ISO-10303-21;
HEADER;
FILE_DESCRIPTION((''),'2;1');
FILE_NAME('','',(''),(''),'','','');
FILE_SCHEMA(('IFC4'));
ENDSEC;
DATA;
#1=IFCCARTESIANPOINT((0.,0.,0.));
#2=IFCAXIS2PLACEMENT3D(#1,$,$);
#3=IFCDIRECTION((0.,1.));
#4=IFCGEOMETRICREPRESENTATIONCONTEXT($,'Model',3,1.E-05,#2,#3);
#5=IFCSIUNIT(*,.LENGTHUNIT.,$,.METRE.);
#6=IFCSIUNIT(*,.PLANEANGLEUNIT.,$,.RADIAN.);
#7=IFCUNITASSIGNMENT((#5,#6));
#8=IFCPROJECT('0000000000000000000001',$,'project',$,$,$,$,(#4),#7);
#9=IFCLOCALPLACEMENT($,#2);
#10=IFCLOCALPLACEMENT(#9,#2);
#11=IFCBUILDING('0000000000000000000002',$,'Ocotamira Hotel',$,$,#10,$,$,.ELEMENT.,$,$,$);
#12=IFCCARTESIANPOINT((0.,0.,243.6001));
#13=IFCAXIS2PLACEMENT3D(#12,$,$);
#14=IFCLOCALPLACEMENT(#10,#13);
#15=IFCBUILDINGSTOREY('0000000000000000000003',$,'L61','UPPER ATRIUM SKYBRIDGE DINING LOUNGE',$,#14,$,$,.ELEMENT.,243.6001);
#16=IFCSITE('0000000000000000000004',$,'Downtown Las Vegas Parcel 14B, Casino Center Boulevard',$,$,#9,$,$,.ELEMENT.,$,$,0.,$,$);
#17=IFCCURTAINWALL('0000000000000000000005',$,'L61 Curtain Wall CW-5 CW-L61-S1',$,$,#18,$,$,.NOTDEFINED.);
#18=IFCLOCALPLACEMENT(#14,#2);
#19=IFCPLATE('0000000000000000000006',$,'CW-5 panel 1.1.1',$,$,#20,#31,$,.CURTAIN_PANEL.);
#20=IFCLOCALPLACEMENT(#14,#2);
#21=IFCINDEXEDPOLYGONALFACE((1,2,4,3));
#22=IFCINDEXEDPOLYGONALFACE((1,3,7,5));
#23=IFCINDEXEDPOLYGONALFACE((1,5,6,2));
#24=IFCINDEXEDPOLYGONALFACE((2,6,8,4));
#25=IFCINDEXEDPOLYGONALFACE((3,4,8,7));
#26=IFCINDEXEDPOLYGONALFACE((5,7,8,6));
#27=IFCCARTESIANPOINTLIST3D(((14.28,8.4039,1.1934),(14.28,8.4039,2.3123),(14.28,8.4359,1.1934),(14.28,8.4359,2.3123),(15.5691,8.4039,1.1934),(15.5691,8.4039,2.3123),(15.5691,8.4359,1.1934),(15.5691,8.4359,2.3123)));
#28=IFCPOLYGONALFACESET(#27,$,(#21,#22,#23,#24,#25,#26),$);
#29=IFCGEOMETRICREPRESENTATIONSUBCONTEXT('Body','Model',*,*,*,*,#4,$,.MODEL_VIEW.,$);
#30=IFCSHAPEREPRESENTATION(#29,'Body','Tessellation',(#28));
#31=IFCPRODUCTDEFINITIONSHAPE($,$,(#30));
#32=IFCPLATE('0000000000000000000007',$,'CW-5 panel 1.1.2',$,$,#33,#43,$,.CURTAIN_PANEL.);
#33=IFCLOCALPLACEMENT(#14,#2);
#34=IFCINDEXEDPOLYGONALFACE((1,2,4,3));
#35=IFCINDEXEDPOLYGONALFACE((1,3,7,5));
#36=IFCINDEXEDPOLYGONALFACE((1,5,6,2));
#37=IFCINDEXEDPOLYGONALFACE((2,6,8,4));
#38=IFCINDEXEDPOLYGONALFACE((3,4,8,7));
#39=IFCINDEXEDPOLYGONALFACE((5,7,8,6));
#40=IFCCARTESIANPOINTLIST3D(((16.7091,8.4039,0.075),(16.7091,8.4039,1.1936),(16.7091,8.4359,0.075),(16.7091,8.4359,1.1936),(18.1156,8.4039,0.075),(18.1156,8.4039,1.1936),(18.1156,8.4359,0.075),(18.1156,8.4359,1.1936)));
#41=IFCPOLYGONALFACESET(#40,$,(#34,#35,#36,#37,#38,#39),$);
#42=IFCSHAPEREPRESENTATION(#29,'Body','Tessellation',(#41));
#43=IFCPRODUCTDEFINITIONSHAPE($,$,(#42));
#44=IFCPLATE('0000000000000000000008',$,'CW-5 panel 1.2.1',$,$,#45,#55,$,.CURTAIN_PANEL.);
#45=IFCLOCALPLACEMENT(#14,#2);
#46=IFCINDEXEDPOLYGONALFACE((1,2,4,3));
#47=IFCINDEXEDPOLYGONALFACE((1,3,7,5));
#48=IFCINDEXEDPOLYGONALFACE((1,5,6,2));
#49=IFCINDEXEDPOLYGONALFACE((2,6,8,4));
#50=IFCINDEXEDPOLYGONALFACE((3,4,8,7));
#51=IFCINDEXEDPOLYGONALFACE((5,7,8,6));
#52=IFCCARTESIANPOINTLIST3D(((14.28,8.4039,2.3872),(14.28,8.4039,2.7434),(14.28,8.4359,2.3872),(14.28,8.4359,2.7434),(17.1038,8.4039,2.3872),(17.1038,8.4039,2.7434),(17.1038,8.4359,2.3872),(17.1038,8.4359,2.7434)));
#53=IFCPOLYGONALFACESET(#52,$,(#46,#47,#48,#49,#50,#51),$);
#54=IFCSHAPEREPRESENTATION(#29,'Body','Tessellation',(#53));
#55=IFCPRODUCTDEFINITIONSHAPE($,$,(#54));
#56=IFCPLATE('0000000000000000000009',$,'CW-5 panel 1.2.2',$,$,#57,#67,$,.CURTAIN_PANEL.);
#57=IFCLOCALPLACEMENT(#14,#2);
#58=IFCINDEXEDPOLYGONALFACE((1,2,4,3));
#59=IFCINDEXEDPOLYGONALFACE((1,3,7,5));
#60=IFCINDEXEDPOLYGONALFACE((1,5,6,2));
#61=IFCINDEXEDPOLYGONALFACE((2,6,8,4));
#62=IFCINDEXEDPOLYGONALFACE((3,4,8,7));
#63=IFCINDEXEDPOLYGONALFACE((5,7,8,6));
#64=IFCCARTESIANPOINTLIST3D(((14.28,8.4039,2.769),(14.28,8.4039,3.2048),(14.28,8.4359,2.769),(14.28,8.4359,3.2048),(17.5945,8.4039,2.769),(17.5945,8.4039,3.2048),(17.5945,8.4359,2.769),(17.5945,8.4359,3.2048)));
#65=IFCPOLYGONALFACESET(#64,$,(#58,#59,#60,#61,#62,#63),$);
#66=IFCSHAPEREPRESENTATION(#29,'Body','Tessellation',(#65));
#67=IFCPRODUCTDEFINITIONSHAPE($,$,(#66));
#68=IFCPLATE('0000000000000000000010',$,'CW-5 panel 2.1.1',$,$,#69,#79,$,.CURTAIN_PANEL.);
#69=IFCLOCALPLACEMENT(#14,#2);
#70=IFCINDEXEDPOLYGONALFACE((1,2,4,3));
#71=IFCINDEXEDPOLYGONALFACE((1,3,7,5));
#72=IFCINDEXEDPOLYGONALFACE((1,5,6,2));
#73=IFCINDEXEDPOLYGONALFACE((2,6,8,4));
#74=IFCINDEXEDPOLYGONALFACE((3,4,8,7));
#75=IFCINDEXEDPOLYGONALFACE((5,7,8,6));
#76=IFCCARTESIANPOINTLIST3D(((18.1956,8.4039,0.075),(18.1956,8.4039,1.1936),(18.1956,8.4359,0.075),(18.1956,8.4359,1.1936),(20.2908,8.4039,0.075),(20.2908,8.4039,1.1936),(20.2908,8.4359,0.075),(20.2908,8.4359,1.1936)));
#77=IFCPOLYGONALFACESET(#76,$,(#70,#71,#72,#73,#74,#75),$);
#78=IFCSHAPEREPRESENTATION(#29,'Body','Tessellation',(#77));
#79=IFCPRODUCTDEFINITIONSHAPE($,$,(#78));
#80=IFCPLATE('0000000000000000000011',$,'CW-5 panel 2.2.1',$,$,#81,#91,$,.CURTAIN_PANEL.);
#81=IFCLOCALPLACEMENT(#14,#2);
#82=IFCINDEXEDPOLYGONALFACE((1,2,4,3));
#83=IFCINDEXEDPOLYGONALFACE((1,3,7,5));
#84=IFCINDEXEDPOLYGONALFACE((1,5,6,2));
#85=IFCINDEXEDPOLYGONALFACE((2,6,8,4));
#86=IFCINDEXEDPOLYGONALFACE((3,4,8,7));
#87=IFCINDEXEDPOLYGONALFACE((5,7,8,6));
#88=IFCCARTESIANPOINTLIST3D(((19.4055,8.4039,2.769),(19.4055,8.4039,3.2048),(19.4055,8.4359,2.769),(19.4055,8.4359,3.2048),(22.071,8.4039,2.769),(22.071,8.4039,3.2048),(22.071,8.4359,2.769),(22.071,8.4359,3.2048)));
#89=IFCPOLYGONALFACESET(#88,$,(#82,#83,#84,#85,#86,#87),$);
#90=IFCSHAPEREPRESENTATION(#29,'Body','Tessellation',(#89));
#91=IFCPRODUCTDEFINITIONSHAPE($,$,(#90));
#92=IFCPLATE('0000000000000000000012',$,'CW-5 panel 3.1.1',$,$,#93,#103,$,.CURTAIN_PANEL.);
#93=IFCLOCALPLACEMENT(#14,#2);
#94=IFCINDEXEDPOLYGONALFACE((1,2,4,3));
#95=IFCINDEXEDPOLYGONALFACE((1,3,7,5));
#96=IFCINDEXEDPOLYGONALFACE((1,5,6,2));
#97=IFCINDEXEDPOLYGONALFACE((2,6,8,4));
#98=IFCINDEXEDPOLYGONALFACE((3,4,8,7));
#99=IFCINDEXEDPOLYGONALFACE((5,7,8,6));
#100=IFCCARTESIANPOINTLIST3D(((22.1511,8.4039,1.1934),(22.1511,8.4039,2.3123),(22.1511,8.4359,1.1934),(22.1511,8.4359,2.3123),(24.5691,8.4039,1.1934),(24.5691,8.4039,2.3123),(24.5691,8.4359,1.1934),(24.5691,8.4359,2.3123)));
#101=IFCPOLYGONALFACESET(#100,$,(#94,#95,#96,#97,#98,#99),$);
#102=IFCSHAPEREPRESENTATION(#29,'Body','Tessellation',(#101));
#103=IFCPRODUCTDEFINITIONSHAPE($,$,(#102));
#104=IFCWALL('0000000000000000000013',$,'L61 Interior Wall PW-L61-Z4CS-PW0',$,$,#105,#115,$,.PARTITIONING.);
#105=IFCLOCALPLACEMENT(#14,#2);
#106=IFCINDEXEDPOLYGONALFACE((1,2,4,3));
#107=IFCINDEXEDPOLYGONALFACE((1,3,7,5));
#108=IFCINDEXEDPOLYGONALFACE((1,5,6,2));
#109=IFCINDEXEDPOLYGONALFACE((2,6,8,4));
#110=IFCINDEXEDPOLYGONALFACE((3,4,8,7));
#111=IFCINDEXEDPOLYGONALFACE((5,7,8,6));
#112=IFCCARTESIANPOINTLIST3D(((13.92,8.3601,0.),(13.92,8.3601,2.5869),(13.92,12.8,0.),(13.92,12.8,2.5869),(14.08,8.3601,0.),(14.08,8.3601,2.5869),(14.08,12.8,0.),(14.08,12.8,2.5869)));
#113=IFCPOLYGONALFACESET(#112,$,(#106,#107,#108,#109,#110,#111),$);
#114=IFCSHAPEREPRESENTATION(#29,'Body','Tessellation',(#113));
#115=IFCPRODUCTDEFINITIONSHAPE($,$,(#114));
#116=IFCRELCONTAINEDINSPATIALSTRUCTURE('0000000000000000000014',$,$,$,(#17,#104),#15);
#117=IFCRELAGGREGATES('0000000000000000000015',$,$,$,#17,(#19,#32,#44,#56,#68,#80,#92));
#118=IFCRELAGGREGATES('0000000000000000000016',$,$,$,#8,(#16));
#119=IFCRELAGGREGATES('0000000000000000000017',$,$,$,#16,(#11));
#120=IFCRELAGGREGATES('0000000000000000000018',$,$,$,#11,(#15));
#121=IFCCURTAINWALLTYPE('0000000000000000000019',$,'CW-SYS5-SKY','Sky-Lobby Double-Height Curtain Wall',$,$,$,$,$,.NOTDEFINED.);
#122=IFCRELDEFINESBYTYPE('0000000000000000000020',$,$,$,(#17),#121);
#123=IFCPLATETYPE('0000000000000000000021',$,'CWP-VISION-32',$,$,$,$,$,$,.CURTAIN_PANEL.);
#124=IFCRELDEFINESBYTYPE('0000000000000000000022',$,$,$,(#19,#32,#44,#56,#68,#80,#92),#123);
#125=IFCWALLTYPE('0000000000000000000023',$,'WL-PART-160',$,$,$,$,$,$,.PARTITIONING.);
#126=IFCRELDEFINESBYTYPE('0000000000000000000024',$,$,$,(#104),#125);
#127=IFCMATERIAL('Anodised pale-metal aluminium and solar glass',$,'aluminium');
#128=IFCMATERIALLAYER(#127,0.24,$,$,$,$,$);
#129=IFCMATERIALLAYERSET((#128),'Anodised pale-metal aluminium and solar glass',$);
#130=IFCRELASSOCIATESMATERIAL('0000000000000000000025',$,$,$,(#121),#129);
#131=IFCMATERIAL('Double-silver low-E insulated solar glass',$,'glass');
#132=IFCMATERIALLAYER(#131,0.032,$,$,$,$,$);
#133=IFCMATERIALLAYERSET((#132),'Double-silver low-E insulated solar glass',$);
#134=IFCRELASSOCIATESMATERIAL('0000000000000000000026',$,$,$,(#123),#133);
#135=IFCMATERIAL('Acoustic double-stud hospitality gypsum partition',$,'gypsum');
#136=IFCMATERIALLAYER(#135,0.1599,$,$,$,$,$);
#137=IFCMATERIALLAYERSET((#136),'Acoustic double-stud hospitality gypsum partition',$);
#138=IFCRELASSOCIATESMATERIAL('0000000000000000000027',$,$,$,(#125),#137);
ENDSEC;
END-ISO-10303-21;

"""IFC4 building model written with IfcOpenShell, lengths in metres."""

from ifc_helpers import new_model, si_unit, direction, frame, frame_2d, origin, origin_2d, place, context, subcontext, project, spatial, rectangle, extrude, source, transform, mapped, material, layer, layer_set, type_object, element, aggregate, save


model = new_model("IFC4")

# Units and contexts
model_context = context("Model", 3, precision=1e-05, world=origin(), true_north=direction((0.0, 1.0)))
body_context = subcontext(model_context, "Body", "Model", "MODEL_VIEW")
ifc_project = project(units=[si_unit("LENGTHUNIT", "METRE"), si_unit("PLANEANGLEUNIT", "RADIAN")], contexts=[model_context])

# Site, building, storey
site_placement = place(None, origin())
site = spatial("IfcSite", under=ifc_project, at=site_placement, Name="Downtown Las Vegas Parcel 14B, Casino Center Boulevard", CompositionType="ELEMENT", RefElevation=0.0)
building_placement = place(site_placement, origin())
building = spatial("IfcBuilding", under=site, at=building_placement, Name="Ocotamira Hotel", CompositionType="ELEMENT")
storey_placement = place(building_placement, frame((0.0, 0.0, 243.6001)))
storey = spatial("IfcBuildingStorey", under=building, at=storey_placement, Name="L61", Description="UPPER ATRIUM SKYBRIDGE DINING LOUNGE", CompositionType="ELEMENT", Elevation=243.6001)

# Curtain wall
ifc_material_1 = material(Name="Anodised pale-metal aluminium and solar glass", Category="aluminium")
ifc_layer_1 = layer(ifc_material_1, 0.24)
ifc_layer_set_1 = layer_set([ifc_layer_1], Name="Anodised pale-metal aluminium and solar glass")
curtain_wall_type = type_object("IfcCurtainWallType", Name="CW-SYS5-SKY", Description="Sky-Lobby Double-Height Curtain Wall", PredefinedType="NOTDEFINED", material=ifc_layer_set_1)
curtain_wall_placement = place(storey_placement, origin())
curtain_wall = element("IfcCurtainWall", 1, at=curtain_wall_placement, inside=storey, type_object=curtain_wall_type, Name="L61 Curtain Wall CW-5 CW-L61-S1", PredefinedType="NOTDEFINED")

# Plates
ifc_material_2 = material(Name="Double-silver low-E insulated solar glass", Category="glass")
ifc_layer_2 = layer(ifc_material_2, 0.032)
ifc_layer_set_2 = layer_set([ifc_layer_2], Name="Double-silver low-E insulated solar glass")
plate_type_1 = type_object("IfcPlateType", Name="CWP-VISION-32", PredefinedType="CURTAIN_PANEL", material=ifc_layer_set_2)
shared_shape_1 = source(origin(), body_context, "Body", "SweptSolid", [
    extrude(rectangle(XDim=1.2891, YDim=0.032, at=origin_2d()), origin(), (0.0, 0.0, 1.0), 1.1189),
])
plate_1_placement = place(storey_placement, frame((14.9246, 8.4199, 1.1934), z_axis=(0.0, 0.0, 1.0), x_axis=(1.0, 0.0, 0.0)))
plate_1 = element("IfcPlate", 2, at=plate_1_placement, type_object=plate_type_1, Name="CW-5 panel 1.1.1", PredefinedType="CURTAIN_PANEL", context=body_context, shape_type="MappedRepresentation", body=[
    mapped(shared_shape_1, transform((0.0, 0.0, 0.0), scale=1.0)),
])
shared_shape_2 = source(origin(), body_context, "Body", "SweptSolid", [
    extrude(rectangle(XDim=1.4065, YDim=0.032, at=origin_2d()), origin(), (0.0, 0.0, 1.0), 1.1187),
])
plate_2_placement = place(storey_placement, frame((17.4124, 8.4199, 0.075), z_axis=(0.0, 0.0, 1.0), x_axis=(1.0, 0.0, 0.0)))
plate_2 = element("IfcPlate", 3, at=plate_2_placement, type_object=plate_type_1, Name="CW-5 panel 1.1.2", PredefinedType="CURTAIN_PANEL", context=body_context, shape_type="MappedRepresentation", body=[
    mapped(shared_shape_2, transform((0.0, 0.0, 0.0), scale=1.0)),
])
shared_shape_3 = source(origin(), body_context, "Body", "SweptSolid", [
    extrude(rectangle(XDim=2.8237, YDim=0.032, at=origin_2d()), origin(), (0.0, 0.0, 1.0), 0.3562),
])
plate_3_placement = place(storey_placement, frame((15.6919, 8.4199, 2.3872), z_axis=(0.0, 0.0, 1.0), x_axis=(1.0, 0.0, 0.0)))
plate_3 = element("IfcPlate", 4, at=plate_3_placement, type_object=plate_type_1, Name="CW-5 panel 1.2.1", PredefinedType="CURTAIN_PANEL", context=body_context, shape_type="MappedRepresentation", body=[
    mapped(shared_shape_3, transform((0.0, 0.0, 0.0), scale=1.0)),
])
shared_shape_4 = source(origin(), body_context, "Body", "SweptSolid", [
    extrude(rectangle(XDim=3.3145, YDim=0.032, at=origin_2d()), origin(), (0.0, 0.0, 1.0), 0.4358),
])
plate_4_placement = place(storey_placement, frame((15.9373, 8.4199, 2.769), z_axis=(0.0, 0.0, 1.0), x_axis=(1.0, 0.0, 0.0)))
plate_4 = element("IfcPlate", 5, at=plate_4_placement, type_object=plate_type_1, Name="CW-5 panel 1.2.2", PredefinedType="CURTAIN_PANEL", context=body_context, shape_type="MappedRepresentation", body=[
    mapped(shared_shape_4, transform((0.0, 0.0, 0.0), scale=1.0)),
])
shared_shape_5 = source(origin(), body_context, "Body", "SweptSolid", [
    extrude(rectangle(XDim=2.0952, YDim=0.032, at=origin_2d()), origin(), (0.0, 0.0, 1.0), 1.1187),
])
plate_5_placement = place(storey_placement, frame((19.2432, 8.4199, 0.075), z_axis=(0.0, 0.0, 1.0), x_axis=(1.0, 0.0, 0.0)))
plate_5 = element("IfcPlate", 6, at=plate_5_placement, type_object=plate_type_1, Name="CW-5 panel 2.1.1", PredefinedType="CURTAIN_PANEL", context=body_context, shape_type="MappedRepresentation", body=[
    mapped(shared_shape_5, transform((0.0, 0.0, 0.0), scale=1.0)),
])
shared_shape_6 = source(origin(), body_context, "Body", "SweptSolid", [
    extrude(rectangle(XDim=2.6655, YDim=0.032, at=origin_2d()), origin(), (0.0, 0.0, 1.0), 0.4358),
])
plate_6_placement = place(storey_placement, frame((20.7383, 8.4199, 2.769), z_axis=(0.0, 0.0, 1.0), x_axis=(1.0, 0.0, 0.0)))
plate_6 = element("IfcPlate", 7, at=plate_6_placement, type_object=plate_type_1, Name="CW-5 panel 2.2.1", PredefinedType="CURTAIN_PANEL", context=body_context, shape_type="MappedRepresentation", body=[
    mapped(shared_shape_6, transform((0.0, 0.0, 0.0), scale=1.0)),
])
shared_shape_7 = source(origin(), body_context, "Body", "SweptSolid", [
    extrude(rectangle(XDim=2.418, YDim=0.032, at=origin_2d()), origin(), (0.0, 0.0, 1.0), 1.1189),
])
plate_7_placement = place(storey_placement, frame((23.3601, 8.4199, 1.1934), z_axis=(0.0, 0.0, 1.0), x_axis=(1.0, 0.0, 0.0)))
plate_7 = element("IfcPlate", 8, at=plate_7_placement, type_object=plate_type_1, Name="CW-5 panel 3.1.1", PredefinedType="CURTAIN_PANEL", context=body_context, shape_type="MappedRepresentation", body=[
    mapped(shared_shape_7, transform((0.0, 0.0, 0.0), scale=1.0)),
])
aggregate(curtain_wall, [plate_1, plate_2, plate_3, plate_4, plate_5, plate_6, plate_7])

# Wall
ifc_material_3 = material(Name="Acoustic double-stud hospitality gypsum partition", Category="gypsum")
ifc_layer_3 = layer(ifc_material_3, 0.1599)
ifc_layer_set_3 = layer_set([ifc_layer_3], Name="Acoustic double-stud hospitality gypsum partition")
wall_type = type_object("IfcWallType", Name="WL-PART-160", PredefinedType="PARTITIONING", material=ifc_layer_set_3)
wall_placement = place(storey_placement, frame((14.0, 8.3601, 0.0), z_axis=(0.0, 0.0, 1.0), x_axis=(0.0, 1.0, 0.0)))
element("IfcWall", 9, at=wall_placement, inside=storey, type_object=wall_type, Name="L61 Interior Wall PW-L61-Z4CS-PW0", PredefinedType="PARTITIONING", context=body_context, shape_type="SweptSolid", body=[
    extrude(rectangle(XDim=4.4399, YDim=0.1599, at=frame_2d((2.22, 0.0))), origin(), (0.0, 0.0, 1.0), 2.5869),
])

save(model, "model.ifc")
